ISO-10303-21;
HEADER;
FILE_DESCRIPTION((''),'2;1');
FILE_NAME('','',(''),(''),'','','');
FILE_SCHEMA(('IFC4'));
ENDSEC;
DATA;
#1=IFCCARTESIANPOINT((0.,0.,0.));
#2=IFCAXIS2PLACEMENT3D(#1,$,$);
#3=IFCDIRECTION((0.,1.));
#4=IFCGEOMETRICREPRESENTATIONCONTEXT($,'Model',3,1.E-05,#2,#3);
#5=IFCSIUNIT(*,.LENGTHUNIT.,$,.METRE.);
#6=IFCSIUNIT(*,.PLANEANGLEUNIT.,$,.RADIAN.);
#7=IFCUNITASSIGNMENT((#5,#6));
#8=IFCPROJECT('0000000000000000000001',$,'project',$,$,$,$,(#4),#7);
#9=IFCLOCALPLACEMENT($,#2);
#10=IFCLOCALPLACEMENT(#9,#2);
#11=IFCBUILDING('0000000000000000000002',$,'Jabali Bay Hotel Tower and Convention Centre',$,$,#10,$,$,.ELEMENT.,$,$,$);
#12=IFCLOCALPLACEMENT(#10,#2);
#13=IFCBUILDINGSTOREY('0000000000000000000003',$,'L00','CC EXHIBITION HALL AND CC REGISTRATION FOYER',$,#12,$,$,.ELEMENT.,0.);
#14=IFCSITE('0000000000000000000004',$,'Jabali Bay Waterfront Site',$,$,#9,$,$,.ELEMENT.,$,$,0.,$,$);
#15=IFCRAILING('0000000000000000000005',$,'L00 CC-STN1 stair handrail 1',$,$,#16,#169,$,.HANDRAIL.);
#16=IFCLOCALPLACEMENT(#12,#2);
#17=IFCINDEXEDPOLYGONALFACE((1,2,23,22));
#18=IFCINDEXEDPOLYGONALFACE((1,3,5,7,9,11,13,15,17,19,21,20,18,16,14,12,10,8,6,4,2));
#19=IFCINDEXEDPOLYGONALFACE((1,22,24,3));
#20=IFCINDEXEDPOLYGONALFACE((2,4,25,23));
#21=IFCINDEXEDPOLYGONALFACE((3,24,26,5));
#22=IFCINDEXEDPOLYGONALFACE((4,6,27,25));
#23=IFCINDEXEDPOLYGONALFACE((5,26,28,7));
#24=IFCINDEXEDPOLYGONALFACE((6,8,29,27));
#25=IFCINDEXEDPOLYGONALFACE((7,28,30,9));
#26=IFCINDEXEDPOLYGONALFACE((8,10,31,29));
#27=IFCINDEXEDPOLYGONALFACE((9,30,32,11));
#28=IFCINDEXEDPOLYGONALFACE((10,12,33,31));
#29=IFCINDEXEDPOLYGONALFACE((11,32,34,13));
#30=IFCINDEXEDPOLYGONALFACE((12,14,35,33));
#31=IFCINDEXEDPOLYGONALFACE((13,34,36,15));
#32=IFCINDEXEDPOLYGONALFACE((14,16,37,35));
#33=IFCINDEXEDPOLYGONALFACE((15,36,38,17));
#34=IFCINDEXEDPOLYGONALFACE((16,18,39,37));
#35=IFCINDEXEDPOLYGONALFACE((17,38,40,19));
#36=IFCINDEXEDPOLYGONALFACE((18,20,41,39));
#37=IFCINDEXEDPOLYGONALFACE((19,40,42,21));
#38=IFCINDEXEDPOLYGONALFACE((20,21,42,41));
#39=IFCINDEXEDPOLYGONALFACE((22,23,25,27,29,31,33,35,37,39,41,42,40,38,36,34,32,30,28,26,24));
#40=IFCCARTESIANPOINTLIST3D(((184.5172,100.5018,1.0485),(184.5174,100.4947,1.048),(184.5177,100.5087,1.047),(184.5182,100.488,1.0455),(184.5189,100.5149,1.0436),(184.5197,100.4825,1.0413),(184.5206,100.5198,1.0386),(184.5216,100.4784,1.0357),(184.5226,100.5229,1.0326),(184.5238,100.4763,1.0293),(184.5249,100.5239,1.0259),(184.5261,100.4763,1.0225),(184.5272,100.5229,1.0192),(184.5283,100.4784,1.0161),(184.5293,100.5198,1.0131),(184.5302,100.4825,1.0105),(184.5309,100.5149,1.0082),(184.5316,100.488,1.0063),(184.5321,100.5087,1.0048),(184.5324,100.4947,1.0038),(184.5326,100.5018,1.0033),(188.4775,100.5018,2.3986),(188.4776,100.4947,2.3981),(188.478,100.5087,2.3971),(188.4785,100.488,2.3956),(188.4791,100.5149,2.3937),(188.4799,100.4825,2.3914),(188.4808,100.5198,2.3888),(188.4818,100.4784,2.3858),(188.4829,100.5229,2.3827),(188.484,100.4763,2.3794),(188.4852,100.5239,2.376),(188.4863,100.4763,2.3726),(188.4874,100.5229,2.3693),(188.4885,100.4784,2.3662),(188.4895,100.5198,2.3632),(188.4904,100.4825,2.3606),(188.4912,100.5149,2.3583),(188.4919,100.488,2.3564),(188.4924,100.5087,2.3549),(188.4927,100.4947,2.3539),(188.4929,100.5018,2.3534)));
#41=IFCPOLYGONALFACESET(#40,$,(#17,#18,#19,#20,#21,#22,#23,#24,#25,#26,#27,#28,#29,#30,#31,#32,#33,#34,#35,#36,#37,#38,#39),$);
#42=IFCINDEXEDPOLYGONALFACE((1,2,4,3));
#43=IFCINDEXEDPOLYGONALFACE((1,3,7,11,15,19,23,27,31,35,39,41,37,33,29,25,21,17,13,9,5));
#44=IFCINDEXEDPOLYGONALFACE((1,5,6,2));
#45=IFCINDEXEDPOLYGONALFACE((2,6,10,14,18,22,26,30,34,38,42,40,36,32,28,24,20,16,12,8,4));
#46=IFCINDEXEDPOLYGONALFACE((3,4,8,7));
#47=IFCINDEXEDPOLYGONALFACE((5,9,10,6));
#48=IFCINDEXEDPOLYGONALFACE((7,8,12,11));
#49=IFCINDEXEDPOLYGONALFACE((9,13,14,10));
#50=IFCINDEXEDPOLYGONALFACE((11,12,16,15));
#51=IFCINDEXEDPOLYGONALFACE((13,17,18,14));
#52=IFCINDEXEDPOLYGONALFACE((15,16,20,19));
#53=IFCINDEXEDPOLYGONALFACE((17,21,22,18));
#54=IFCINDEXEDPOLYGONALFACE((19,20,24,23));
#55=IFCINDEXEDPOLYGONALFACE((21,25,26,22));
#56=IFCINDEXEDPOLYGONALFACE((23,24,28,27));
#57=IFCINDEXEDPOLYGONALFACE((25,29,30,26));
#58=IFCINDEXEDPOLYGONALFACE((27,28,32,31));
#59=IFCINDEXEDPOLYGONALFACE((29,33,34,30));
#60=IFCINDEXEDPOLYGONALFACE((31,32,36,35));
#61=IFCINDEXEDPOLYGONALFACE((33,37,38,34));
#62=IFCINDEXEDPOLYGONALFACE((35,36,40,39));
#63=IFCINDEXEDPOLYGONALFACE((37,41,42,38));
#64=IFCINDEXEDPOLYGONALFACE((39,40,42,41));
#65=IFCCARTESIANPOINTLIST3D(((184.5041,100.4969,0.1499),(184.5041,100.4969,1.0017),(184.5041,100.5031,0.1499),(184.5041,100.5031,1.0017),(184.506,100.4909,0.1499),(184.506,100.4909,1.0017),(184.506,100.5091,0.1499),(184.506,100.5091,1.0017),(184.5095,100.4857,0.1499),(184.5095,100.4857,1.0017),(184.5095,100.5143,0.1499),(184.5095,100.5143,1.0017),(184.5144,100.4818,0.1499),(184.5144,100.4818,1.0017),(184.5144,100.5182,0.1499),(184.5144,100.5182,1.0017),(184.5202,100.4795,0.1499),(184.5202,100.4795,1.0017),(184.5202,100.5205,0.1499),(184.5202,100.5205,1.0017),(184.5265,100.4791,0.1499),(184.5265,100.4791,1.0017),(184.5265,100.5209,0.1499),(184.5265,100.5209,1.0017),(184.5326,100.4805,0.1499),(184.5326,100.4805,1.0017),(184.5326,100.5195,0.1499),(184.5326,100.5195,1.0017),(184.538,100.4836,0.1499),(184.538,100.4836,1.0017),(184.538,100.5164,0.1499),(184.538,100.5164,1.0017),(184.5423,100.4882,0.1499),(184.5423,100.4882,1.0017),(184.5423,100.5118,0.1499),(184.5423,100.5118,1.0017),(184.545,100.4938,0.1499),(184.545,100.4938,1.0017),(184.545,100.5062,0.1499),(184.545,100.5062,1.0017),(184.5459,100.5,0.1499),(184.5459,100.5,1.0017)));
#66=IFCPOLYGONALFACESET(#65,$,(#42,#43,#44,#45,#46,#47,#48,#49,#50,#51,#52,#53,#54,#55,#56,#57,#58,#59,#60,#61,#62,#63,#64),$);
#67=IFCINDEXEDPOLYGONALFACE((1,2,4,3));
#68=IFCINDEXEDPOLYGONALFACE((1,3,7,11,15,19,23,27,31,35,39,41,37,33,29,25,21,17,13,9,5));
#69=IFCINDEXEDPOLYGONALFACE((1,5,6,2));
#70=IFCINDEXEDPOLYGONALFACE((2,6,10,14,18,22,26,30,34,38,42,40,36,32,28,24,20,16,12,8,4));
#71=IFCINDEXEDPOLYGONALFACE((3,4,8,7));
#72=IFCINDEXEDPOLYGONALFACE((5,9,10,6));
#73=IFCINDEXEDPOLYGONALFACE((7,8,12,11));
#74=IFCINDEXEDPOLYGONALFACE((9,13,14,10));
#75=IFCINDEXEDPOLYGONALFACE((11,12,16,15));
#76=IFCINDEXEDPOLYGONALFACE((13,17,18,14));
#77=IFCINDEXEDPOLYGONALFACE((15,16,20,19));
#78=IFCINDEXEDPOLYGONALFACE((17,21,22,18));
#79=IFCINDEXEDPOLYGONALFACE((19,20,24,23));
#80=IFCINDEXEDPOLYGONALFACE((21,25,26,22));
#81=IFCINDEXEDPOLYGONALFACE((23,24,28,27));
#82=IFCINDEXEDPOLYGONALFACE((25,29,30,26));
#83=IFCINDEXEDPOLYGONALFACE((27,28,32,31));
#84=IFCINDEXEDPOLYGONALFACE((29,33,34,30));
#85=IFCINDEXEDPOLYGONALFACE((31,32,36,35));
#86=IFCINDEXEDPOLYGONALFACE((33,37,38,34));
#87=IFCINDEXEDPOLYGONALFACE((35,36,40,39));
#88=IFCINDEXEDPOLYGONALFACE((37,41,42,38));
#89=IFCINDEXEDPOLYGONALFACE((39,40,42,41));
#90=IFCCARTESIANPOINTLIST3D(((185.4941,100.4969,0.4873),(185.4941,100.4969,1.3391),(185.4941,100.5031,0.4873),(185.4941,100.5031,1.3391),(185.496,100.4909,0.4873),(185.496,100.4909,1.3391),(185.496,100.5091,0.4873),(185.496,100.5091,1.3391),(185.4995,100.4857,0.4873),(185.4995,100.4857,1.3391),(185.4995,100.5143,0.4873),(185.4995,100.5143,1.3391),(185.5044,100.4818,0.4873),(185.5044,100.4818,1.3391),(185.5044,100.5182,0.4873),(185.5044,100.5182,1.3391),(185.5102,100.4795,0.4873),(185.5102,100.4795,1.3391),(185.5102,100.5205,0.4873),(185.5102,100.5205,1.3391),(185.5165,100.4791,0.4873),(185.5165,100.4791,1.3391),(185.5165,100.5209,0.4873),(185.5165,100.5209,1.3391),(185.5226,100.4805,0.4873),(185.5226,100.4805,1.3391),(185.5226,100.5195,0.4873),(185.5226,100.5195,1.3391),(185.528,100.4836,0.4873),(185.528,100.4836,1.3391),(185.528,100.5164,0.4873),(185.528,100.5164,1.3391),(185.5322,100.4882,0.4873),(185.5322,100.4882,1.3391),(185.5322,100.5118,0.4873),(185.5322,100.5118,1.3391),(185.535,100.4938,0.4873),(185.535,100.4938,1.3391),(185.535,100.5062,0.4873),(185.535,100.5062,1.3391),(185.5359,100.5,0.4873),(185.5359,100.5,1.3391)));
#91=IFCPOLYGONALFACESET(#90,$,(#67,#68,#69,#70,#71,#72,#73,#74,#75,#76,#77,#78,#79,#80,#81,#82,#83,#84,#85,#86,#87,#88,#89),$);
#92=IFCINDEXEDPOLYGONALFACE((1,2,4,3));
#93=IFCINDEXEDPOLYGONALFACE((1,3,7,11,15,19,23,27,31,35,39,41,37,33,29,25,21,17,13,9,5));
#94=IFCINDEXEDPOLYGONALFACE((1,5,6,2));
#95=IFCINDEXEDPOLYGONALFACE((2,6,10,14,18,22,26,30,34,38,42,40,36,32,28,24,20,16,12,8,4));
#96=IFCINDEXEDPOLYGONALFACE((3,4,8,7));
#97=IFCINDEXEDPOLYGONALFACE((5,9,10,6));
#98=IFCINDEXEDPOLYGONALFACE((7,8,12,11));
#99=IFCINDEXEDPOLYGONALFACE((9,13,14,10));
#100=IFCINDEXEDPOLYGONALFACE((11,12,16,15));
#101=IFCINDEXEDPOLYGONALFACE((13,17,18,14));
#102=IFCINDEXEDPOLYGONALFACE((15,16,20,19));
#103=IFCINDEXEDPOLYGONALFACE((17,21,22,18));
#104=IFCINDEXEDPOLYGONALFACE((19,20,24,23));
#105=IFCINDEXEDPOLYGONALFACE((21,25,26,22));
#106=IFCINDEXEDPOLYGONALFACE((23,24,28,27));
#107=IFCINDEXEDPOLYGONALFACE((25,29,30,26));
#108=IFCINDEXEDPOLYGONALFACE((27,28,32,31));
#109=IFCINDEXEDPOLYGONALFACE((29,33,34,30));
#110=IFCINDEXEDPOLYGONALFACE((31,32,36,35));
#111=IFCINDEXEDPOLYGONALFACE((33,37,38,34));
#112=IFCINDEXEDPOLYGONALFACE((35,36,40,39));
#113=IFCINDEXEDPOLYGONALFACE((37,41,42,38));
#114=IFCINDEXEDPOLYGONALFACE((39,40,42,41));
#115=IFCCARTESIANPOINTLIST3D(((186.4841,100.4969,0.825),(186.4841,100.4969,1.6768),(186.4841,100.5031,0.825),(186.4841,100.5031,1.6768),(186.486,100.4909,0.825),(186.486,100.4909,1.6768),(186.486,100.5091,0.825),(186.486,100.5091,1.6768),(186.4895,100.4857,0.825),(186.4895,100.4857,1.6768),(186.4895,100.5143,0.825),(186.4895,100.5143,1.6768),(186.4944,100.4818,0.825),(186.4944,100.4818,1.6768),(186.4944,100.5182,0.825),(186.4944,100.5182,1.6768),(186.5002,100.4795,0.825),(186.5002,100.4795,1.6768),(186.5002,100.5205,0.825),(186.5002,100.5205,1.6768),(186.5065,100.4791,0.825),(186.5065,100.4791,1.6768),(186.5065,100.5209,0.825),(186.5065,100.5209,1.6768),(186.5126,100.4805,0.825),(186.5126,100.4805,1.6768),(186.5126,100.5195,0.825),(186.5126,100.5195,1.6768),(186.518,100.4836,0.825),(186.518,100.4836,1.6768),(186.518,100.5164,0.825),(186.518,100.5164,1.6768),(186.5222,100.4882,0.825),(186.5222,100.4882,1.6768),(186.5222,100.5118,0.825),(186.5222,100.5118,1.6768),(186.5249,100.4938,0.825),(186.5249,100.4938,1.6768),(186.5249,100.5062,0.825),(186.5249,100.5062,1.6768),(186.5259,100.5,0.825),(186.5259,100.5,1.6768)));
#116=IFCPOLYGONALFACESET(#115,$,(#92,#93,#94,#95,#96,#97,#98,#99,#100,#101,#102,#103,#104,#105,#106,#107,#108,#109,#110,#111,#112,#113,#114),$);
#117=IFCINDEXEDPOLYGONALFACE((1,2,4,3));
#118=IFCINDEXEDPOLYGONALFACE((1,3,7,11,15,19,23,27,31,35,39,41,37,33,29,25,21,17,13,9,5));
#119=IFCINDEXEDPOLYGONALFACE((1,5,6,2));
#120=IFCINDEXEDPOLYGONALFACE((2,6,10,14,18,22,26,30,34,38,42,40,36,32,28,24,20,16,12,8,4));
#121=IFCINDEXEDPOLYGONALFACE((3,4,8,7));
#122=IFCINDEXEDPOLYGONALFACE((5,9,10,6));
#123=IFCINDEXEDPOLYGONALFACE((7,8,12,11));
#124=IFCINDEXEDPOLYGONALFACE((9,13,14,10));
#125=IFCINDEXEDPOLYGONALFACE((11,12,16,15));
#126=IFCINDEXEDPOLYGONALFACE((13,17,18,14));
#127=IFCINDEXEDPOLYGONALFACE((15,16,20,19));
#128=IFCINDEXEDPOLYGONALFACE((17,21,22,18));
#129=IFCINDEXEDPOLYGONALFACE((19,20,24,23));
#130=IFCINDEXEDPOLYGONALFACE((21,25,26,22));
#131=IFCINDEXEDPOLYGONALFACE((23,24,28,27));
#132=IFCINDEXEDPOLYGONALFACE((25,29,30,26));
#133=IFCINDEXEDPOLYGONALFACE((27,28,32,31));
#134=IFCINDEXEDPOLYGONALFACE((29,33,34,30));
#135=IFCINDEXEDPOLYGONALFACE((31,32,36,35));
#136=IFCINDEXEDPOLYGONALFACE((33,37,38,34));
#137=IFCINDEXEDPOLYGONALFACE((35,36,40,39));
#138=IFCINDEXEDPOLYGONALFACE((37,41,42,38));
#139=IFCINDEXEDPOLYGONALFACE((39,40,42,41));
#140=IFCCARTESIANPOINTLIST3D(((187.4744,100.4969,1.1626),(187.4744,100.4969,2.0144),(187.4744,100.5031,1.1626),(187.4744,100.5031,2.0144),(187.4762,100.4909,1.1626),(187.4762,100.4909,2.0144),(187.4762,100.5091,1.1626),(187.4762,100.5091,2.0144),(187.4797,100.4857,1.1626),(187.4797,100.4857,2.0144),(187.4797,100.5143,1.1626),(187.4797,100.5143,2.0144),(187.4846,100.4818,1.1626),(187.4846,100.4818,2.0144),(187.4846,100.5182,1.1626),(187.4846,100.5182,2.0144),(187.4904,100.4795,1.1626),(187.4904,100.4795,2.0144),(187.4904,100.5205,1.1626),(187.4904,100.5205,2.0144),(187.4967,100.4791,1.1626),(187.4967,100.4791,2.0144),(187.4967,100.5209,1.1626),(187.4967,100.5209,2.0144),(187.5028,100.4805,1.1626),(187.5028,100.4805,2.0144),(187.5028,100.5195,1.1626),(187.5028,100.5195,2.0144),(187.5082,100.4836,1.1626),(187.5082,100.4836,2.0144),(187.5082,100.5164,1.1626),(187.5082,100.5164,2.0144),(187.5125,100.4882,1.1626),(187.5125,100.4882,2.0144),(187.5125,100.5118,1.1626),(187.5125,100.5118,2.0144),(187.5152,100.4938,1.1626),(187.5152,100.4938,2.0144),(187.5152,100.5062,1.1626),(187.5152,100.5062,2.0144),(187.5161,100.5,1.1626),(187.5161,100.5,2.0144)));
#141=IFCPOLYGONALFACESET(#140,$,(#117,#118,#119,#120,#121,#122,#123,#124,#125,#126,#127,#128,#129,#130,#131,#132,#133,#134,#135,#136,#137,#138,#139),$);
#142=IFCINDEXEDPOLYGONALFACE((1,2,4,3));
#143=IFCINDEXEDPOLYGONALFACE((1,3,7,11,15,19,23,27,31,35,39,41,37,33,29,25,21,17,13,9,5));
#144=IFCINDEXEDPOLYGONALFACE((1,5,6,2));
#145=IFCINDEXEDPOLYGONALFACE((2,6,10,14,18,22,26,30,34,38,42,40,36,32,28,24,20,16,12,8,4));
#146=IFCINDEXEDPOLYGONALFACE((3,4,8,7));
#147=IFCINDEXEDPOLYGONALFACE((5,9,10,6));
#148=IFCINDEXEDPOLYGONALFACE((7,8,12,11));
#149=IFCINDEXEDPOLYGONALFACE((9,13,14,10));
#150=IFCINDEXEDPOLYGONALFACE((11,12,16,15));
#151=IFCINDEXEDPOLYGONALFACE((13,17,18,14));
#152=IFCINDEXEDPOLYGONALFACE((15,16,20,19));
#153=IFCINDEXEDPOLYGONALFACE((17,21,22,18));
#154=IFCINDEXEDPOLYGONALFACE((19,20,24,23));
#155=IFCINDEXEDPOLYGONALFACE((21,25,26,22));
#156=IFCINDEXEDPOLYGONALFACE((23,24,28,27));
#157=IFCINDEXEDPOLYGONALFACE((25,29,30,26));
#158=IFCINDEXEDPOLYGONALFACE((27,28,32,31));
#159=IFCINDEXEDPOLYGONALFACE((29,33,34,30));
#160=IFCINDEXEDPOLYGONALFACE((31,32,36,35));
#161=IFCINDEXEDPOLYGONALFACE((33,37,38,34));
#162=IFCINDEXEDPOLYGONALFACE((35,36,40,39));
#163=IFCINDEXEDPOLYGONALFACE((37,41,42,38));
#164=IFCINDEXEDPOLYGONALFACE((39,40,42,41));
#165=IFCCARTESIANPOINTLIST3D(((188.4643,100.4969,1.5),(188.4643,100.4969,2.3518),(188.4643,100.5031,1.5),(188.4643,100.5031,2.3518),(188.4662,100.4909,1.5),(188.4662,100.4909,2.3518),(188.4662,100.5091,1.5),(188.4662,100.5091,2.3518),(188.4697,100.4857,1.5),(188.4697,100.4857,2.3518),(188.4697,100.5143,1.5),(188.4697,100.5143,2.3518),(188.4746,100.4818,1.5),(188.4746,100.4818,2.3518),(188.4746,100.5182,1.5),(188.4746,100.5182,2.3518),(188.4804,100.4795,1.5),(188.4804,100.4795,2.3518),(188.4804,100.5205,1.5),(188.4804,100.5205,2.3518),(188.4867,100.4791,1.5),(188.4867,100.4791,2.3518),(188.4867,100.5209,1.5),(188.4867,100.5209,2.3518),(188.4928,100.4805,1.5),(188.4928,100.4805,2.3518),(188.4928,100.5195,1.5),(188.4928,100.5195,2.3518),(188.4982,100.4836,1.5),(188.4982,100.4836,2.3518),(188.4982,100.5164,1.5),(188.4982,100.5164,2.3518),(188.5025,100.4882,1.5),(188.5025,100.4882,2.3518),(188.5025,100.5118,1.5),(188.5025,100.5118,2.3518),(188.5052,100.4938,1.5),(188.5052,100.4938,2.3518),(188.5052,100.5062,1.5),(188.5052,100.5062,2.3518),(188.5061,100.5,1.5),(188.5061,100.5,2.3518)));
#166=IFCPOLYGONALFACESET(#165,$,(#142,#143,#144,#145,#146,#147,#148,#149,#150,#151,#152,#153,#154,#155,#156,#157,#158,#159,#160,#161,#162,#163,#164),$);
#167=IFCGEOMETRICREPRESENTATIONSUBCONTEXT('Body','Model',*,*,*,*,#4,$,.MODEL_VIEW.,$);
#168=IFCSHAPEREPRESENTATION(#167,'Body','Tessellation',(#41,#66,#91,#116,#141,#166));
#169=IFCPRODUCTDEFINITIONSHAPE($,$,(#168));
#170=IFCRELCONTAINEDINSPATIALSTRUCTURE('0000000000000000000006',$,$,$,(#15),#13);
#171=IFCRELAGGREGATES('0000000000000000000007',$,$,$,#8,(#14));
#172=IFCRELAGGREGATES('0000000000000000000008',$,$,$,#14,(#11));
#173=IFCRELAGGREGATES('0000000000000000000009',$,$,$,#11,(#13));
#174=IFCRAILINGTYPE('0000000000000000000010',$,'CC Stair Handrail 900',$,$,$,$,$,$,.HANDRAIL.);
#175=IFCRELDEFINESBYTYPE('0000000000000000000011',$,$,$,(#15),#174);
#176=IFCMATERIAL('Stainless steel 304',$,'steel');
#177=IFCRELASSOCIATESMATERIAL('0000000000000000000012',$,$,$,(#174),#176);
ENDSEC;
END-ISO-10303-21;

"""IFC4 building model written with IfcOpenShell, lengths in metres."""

from ifc_helpers import new_model, si_unit, direction, frame, origin, origin_2d, place, context, subcontext, project, spatial, circle, extrude, material, type_object, element, save


model = new_model("IFC4")

# Units and contexts
model_context = context("Model", 3, precision=1e-05, world=origin(), true_north=direction((0.0, 1.0)))
body_context = subcontext(model_context, "Body", "Model", "MODEL_VIEW")
ifc_project = project(units=[si_unit("LENGTHUNIT", "METRE"), si_unit("PLANEANGLEUNIT", "RADIAN")], contexts=[model_context])

# Site, building, storey
site_placement = place(None, origin())
site = spatial("IfcSite", under=ifc_project, at=site_placement, Name="Jabali Bay Waterfront Site", CompositionType="ELEMENT", RefElevation=0.0)
building_placement = place(site_placement, origin())
building = spatial("IfcBuilding", under=site, at=building_placement, Name="Jabali Bay Hotel Tower and Convention Centre", CompositionType="ELEMENT")
storey_placement = place(building_placement, origin())
storey = spatial("IfcBuildingStorey", under=building, at=storey_placement, Name="L00", Description="CC EXHIBITION HALL AND CC REGISTRATION FOYER", CompositionType="ELEMENT", Elevation=0.0)

# Railing
ifc_material_1 = material(Name="Stainless steel 304", Category="steel")
railing_type_1 = type_object("IfcRailingType", Name="CC Stair Handrail 900", PredefinedType="HANDRAIL", material=ifc_material_1)
for number, where, name in (
    (1, (184.5249, 100.5, 0.1499), "L00 CC-STN1 stair handrail 1"),
):
    element("IfcRailing", number, at=place(storey_placement, frame(where)), inside=storey, type_object=railing_type_1, Name=name, PredefinedType="HANDRAIL", context=body_context, shape_type="SweptSolid", body=[
        extrude(circle(Radius=0.0239, at=origin_2d()), frame((0.0, 0.0, 0.876), z_axis=(0.946508, 0.0, 0.32268), x_axis=(0.0, 1.0, 0.0)), (0.0, 0.0, 1.0), 4.1841),
        extrude(circle(Radius=0.021, at=origin_2d()), origin(), (0.0, 0.0, 1.0), 0.8518),
        extrude(circle(Radius=0.021, at=origin_2d()), frame((0.99, 0.0, 0.3374)), (0.0, 0.0, 1.0), 0.8518),
        extrude(circle(Radius=0.021, at=origin_2d()), frame((1.98, 0.0, 0.675)), (0.0, 0.0, 1.0), 0.8518),
        extrude(circle(Radius=0.021, at=origin_2d()), frame((2.9702, 0.0, 1.0127)), (0.0, 0.0, 1.0), 0.8518),
        extrude(circle(Radius=0.021, at=origin_2d()), frame((3.9602, 0.0, 1.3501)), (0.0, 0.0, 1.0), 0.8518),
    ])

save(model, "model.ifc")
